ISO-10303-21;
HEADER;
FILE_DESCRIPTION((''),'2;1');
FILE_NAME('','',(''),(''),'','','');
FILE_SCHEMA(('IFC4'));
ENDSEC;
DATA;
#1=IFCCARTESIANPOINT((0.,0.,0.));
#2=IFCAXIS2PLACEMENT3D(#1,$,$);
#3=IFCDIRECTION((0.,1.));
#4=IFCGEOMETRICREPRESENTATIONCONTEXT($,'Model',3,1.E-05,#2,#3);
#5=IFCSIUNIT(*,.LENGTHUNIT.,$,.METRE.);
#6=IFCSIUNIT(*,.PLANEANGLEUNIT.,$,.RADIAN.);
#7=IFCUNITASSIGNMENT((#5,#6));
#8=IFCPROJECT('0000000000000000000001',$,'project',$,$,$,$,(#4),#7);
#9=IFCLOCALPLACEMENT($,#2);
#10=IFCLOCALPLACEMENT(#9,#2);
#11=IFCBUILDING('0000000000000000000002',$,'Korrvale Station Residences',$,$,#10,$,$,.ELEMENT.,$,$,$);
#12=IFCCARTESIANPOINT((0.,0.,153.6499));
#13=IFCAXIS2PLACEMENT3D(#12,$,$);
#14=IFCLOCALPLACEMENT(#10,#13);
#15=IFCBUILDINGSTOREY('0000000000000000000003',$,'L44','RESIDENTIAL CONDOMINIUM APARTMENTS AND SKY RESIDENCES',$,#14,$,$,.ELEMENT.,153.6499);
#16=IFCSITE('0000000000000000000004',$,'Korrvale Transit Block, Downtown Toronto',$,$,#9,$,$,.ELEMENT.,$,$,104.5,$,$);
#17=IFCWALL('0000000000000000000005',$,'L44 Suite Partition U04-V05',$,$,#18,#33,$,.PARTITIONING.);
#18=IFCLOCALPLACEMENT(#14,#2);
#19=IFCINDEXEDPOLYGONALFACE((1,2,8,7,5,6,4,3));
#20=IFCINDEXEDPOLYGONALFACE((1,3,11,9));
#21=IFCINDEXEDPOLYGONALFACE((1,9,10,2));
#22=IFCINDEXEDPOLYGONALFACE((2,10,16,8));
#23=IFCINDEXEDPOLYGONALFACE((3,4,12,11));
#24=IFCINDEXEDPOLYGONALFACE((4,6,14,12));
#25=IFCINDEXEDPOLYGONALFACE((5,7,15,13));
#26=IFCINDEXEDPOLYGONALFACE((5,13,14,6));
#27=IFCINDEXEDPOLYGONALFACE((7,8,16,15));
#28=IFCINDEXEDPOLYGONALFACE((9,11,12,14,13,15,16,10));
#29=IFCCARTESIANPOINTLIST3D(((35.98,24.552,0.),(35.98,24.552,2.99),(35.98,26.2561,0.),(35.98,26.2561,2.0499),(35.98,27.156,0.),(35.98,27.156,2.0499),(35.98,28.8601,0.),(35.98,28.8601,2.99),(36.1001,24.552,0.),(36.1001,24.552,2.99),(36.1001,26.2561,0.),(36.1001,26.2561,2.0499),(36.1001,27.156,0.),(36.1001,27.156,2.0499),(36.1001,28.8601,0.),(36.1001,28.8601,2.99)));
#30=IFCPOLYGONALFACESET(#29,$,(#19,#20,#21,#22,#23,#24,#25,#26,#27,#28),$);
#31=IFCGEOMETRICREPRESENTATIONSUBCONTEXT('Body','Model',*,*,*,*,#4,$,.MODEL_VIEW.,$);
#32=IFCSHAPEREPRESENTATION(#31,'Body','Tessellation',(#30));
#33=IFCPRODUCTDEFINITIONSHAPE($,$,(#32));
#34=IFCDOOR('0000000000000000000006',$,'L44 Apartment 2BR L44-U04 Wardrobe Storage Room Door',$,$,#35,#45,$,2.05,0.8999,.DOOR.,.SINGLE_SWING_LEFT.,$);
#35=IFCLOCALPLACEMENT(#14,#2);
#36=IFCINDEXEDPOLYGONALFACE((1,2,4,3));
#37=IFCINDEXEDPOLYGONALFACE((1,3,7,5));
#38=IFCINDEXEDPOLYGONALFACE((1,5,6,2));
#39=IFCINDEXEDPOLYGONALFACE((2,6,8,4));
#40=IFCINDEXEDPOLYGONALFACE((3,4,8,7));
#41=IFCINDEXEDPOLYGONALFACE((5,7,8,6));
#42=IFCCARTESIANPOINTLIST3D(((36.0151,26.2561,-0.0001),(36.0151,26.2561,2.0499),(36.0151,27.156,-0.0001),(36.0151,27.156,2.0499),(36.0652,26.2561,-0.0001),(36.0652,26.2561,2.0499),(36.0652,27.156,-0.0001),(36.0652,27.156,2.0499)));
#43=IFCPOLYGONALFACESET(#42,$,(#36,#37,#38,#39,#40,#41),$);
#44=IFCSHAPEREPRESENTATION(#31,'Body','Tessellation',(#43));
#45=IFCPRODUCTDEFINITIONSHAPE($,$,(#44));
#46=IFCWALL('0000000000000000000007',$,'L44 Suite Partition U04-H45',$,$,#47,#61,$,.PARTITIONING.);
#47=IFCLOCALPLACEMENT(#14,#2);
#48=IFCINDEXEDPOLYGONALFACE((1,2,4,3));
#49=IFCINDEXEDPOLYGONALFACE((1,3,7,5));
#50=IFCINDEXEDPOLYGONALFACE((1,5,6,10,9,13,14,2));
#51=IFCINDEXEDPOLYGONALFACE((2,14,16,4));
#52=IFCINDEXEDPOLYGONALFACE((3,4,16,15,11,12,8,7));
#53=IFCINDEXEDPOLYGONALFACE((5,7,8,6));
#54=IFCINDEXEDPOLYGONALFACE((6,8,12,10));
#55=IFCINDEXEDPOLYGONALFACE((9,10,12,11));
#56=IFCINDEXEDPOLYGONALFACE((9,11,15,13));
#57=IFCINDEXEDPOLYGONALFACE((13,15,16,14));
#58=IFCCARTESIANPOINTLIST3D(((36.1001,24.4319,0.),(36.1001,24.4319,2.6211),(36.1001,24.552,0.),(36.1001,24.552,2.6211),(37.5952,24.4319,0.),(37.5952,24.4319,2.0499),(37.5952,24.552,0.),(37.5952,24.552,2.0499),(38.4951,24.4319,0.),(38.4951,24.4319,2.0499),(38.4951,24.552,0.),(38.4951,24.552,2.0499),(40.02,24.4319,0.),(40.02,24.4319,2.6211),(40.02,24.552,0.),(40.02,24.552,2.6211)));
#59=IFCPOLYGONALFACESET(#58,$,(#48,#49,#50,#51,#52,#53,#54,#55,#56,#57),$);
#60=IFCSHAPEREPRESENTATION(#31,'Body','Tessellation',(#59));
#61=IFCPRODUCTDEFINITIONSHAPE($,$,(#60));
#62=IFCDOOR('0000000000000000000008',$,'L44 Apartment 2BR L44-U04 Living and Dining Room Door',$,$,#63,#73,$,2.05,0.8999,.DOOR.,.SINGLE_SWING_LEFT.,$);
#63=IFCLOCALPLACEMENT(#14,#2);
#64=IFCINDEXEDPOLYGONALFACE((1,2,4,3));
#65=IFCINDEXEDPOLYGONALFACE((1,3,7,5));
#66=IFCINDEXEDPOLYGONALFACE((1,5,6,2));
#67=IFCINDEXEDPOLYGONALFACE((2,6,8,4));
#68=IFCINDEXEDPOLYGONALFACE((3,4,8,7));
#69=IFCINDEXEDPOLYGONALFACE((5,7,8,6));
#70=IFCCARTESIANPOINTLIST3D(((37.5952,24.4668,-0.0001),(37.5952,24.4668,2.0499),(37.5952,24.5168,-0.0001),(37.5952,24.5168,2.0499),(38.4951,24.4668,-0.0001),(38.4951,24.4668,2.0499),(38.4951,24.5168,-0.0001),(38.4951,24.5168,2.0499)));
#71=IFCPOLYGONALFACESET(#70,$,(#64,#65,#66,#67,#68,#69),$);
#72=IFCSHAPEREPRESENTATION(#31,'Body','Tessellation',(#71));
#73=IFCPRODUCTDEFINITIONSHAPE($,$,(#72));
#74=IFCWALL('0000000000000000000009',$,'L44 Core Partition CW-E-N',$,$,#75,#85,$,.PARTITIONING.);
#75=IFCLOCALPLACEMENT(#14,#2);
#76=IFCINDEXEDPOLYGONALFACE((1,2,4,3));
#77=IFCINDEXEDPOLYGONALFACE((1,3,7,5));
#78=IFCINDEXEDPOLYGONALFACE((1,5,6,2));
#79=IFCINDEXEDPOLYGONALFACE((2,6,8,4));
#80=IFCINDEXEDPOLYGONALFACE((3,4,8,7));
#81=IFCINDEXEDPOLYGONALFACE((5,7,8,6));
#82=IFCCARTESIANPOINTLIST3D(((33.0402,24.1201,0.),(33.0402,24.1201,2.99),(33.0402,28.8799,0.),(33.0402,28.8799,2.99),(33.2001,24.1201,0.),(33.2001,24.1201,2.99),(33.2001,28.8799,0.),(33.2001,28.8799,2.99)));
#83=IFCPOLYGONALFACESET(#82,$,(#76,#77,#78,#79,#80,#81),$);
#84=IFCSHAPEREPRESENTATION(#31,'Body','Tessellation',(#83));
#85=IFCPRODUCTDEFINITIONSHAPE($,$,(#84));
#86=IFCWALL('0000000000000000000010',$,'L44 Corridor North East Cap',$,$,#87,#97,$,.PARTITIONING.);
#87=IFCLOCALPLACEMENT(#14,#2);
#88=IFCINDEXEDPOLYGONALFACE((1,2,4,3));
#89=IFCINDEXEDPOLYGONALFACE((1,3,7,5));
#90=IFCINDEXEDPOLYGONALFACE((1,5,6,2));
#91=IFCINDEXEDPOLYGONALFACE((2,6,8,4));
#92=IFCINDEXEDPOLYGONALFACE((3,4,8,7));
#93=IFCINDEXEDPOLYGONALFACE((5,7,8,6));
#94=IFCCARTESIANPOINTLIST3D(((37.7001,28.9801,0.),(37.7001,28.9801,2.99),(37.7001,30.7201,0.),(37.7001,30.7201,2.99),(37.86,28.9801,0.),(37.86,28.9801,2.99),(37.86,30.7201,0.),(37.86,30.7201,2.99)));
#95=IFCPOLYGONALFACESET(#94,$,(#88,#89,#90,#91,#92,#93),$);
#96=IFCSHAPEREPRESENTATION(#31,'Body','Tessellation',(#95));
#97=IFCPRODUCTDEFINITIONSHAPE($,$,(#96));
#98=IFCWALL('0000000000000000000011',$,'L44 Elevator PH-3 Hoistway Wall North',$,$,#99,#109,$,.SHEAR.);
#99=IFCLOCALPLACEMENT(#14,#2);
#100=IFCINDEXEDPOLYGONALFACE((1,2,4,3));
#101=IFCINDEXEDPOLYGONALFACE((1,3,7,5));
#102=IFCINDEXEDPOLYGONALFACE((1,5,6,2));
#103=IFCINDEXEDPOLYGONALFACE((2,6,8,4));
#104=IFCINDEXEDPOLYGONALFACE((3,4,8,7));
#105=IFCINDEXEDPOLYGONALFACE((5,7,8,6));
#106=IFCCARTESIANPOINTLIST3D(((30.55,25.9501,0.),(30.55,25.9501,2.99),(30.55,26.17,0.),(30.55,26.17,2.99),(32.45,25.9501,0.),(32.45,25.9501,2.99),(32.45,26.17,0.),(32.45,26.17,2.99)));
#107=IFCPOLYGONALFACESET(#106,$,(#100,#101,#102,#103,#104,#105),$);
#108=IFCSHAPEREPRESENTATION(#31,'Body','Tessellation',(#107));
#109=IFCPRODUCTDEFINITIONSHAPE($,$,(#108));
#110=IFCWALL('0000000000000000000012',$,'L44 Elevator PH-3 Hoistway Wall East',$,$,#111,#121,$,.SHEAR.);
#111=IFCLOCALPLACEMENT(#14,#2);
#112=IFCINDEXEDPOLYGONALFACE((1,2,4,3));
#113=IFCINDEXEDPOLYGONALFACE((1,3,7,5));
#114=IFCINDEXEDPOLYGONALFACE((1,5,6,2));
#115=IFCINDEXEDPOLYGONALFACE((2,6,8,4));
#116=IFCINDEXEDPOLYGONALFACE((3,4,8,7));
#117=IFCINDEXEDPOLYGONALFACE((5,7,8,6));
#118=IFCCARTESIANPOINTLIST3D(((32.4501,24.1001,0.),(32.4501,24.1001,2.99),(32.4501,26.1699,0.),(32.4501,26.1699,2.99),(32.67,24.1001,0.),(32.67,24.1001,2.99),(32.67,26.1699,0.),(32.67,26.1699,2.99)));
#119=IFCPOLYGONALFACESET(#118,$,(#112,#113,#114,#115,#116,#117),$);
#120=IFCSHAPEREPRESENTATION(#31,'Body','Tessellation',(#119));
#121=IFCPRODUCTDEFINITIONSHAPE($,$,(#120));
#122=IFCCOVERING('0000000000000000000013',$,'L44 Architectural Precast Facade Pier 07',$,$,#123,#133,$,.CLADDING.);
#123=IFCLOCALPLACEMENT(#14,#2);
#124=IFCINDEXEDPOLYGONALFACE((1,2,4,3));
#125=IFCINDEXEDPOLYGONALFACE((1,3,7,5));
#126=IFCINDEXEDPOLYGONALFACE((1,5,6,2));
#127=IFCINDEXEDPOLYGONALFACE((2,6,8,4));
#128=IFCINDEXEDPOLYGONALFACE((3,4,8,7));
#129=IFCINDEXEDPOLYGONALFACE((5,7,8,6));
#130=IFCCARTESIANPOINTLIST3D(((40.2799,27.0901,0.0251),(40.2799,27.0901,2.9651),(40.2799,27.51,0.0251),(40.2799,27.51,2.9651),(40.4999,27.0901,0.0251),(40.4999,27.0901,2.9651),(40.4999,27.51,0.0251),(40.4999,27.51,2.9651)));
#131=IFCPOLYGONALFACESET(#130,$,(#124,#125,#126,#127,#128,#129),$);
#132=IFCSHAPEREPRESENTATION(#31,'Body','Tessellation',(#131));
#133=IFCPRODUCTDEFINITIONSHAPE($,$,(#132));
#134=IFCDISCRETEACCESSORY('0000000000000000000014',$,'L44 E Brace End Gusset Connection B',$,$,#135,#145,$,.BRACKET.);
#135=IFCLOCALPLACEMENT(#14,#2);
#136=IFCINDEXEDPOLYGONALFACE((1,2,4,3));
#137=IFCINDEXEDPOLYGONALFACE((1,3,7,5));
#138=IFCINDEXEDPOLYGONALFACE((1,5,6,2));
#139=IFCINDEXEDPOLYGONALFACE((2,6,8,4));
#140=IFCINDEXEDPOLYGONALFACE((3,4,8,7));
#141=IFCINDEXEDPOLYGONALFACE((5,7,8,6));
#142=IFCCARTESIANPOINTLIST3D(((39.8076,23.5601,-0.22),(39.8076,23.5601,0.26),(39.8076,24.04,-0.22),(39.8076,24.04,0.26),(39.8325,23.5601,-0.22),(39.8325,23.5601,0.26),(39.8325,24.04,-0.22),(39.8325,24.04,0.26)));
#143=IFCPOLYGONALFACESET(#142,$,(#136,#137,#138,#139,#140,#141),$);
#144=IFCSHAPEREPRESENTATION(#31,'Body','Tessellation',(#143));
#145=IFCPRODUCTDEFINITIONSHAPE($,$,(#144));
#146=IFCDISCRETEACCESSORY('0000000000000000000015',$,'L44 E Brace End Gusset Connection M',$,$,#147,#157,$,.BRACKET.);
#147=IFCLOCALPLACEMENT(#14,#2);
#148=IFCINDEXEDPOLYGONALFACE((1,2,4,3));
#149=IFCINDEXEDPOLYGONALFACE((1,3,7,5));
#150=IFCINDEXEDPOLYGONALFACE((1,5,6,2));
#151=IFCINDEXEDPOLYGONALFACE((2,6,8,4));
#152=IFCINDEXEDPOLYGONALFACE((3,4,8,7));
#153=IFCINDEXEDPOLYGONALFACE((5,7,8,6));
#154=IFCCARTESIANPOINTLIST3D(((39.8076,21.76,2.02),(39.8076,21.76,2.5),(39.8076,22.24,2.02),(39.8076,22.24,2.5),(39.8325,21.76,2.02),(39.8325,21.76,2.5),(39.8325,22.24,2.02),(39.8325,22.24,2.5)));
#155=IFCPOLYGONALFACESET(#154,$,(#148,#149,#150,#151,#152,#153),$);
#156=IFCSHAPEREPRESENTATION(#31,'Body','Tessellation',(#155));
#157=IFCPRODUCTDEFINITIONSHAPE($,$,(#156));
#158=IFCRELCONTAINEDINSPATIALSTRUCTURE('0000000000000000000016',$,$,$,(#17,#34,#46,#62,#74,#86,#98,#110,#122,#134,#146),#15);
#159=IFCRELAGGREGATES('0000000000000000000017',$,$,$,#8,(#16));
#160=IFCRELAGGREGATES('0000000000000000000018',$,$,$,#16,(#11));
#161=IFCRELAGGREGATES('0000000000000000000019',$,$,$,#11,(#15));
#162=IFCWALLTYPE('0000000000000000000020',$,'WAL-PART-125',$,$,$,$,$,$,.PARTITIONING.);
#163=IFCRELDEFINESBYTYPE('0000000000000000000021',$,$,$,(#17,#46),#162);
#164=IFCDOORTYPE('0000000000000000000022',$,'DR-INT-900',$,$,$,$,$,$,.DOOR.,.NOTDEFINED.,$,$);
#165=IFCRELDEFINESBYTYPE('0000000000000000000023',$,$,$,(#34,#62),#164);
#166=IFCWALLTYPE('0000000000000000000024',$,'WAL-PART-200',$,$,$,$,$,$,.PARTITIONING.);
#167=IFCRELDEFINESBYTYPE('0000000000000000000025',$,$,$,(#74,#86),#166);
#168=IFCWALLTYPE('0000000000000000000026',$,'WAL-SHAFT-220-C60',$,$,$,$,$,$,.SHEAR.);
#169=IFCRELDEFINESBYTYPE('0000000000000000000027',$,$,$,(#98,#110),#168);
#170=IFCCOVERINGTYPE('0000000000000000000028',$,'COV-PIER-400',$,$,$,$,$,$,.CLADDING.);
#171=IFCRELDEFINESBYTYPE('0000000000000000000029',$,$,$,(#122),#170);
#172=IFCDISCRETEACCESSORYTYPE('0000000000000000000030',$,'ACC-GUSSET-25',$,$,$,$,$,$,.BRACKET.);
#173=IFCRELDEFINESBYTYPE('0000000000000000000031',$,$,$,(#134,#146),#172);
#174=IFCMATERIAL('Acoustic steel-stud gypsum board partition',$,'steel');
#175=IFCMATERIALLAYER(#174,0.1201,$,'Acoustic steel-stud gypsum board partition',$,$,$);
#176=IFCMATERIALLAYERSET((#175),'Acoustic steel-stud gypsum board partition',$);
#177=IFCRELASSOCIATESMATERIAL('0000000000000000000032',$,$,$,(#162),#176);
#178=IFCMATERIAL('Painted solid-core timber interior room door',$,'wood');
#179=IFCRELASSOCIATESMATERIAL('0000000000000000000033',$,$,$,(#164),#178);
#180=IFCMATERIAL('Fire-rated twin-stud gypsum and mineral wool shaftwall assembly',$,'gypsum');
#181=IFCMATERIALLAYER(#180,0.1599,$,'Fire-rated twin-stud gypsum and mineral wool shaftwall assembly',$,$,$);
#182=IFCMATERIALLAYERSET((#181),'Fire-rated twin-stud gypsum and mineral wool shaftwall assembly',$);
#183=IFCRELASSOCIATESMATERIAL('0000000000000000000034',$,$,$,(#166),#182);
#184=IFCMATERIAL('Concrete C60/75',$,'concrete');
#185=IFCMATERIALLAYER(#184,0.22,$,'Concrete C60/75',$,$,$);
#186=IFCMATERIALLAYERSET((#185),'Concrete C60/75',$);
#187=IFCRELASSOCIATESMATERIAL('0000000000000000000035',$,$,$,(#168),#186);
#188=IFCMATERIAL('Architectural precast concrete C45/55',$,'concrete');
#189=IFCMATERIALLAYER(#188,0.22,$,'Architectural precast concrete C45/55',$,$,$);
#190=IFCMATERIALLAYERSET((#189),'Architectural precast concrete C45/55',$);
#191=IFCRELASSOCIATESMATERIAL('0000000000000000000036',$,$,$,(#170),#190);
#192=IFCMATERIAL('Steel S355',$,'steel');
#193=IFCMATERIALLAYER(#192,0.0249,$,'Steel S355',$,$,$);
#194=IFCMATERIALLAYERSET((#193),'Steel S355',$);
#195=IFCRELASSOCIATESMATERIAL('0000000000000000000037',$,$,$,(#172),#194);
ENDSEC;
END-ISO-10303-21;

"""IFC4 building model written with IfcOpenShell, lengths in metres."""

from ifc_helpers import new_model, si_unit, direction, frame, frame_2d, origin, origin_2d, place, context, subcontext, project, spatial, rectangle, extrude, material, layer, layer_set, type_object, element, fill, save


model = new_model("IFC4")

# Units and contexts
model_context = context("Model", 3, precision=1e-05, world=origin(), true_north=direction((0.0, 1.0)))
body_context = subcontext(model_context, "Body", "Model", "MODEL_VIEW")
ifc_project = project(units=[si_unit("LENGTHUNIT", "METRE"), si_unit("PLANEANGLEUNIT", "RADIAN")], contexts=[model_context])

# Site, building, storey
site_placement = place(None, origin())
site = spatial("IfcSite", under=ifc_project, at=site_placement, Name="Korrvale Transit Block, Downtown Toronto", CompositionType="ELEMENT", RefElevation=104.5)
building_placement = place(site_placement, origin())
building = spatial("IfcBuilding", under=site, at=building_placement, Name="Korrvale Station Residences", CompositionType="ELEMENT")
storey_placement = place(building_placement, frame((0.0, 0.0, 153.6499)))
storey = spatial("IfcBuildingStorey", under=building, at=storey_placement, Name="L44", Description="RESIDENTIAL CONDOMINIUM APARTMENTS AND SKY RESIDENCES", CompositionType="ELEMENT", Elevation=153.6499)

# Shared definitions
ifc_material_1 = material(Name="Concrete C60/75", Category="concrete")

# Shared definitions
ifc_material_2 = material(Name="Steel S355", Category="steel")

# Shared definitions
ifc_material_3 = material(Name="Acoustic steel-stud gypsum board partition", Category="steel")
ifc_layer_1 = layer(ifc_material_3, 0.1201, Name="Acoustic steel-stud gypsum board partition")
ifc_layer_set_1 = layer_set([ifc_layer_1], Name="Acoustic steel-stud gypsum board partition")
wall_type_1 = type_object("IfcWallType", Name="WAL-PART-125", PredefinedType="PARTITIONING", material=ifc_layer_set_1)

# Walls, openings, doors
ifc_material_4 = material(Name="Painted solid-core timber interior room door", Category="wood")
door_type_1 = type_object("IfcDoorType", Name="DR-INT-900", OperationType="NOTDEFINED", PredefinedType="DOOR", material=ifc_material_4)
wall_1_placement = place(storey_placement, frame((36.04, 24.552, 0.0), z_axis=(0.0, 0.0, 1.0), x_axis=(0.0, 1.0, 0.0)))
wall_1 = element("IfcWall", 1, at=wall_1_placement, inside=storey, type_object=wall_type_1, Name="L44 Suite Partition U04-V05", PredefinedType="PARTITIONING", context=body_context, shape_type="SweptSolid", body=[
    extrude(rectangle(XDim=4.3081, YDim=0.1201, at=frame_2d((2.1541, 0.0))), origin(), (0.0, 0.0, 1.0), 2.99),
])
opening_1_placement = place(wall_1_placement, frame((1.7041, 0.0, 0.0)))
opening_1 = element("IfcOpeningElement", 2, at=opening_1_placement, cuts=wall_1, PredefinedType="OPENING", context=body_context, shape_type="SweptSolid", body=[
    extrude(rectangle(XDim=0.8999, YDim=2.05, at=frame_2d((0.45, 1.0249))), frame((0.0, 0.0701, 0.0), z_axis=(0.0, -1.0, 0.0), x_axis=(1.0, 0.0, 0.0)), (0.0, 0.0, 1.0), 0.1401),
])
door_1_placement = place(opening_1_placement, origin())
door_1 = element("IfcDoor", 3, at=door_1_placement, inside=storey, type_object=door_type_1, Name="L44 Apartment 2BR L44-U04 Wardrobe Storage Room Door", OperationType="SINGLE_SWING_LEFT", OverallHeight=2.05, OverallWidth=0.8999, PredefinedType="DOOR", context=body_context, shape_type="SweptSolid", body=[
    extrude(rectangle(XDim=0.8999, YDim=2.05, at=frame_2d((0.45, 1.0249))), frame((0.0, 0.0249, 0.0), z_axis=(0.0, -1.0, 0.0), x_axis=(1.0, 0.0, 0.0)), (0.0, 0.0, 1.0), 0.05),
])
fill(opening_1, door_1)
wall_2_placement = place(storey_placement, frame((36.1001, 24.4919, 0.0), z_axis=(0.0, 0.0, 1.0), x_axis=(1.0, 0.0, 0.0)))
wall_2 = element("IfcWall", 4, at=wall_2_placement, inside=storey, type_object=wall_type_1, Name="L44 Suite Partition U04-H45", PredefinedType="PARTITIONING", context=body_context, shape_type="SweptSolid", body=[
    extrude(rectangle(XDim=3.9199, YDim=0.1201, at=frame_2d((1.96, 0.0))), origin(), (0.0, 0.0, 1.0), 2.6211),
])
opening_2_placement = place(wall_2_placement, frame((1.4951, 0.0, 0.0)))
opening_2 = element("IfcOpeningElement", 5, at=opening_2_placement, cuts=wall_2, PredefinedType="OPENING", context=body_context, shape_type="SweptSolid", body=[
    extrude(rectangle(XDim=0.8999, YDim=2.05, at=frame_2d((0.45, 1.0249))), frame((0.0, 0.0701, 0.0), z_axis=(0.0, -1.0, 0.0), x_axis=(1.0, 0.0, 0.0)), (0.0, 0.0, 1.0), 0.1401),
])
door_2_placement = place(opening_2_placement, origin())
door_2 = element("IfcDoor", 6, at=door_2_placement, inside=storey, type_object=door_type_1, Name="L44 Apartment 2BR L44-U04 Living and Dining Room Door", OperationType="SINGLE_SWING_LEFT", OverallHeight=2.05, OverallWidth=0.8999, PredefinedType="DOOR", context=body_context, shape_type="SweptSolid", body=[
    extrude(rectangle(XDim=0.8999, YDim=2.05, at=frame_2d((0.45, 1.0249))), frame((0.0, 0.0249, 0.0), z_axis=(0.0, -1.0, 0.0), x_axis=(1.0, 0.0, 0.0)), (0.0, 0.0, 1.0), 0.05),
])
fill(opening_2, door_2)

# Walls
ifc_material_5 = material(Name="Fire-rated twin-stud gypsum and mineral wool shaftwall assembly", Category="gypsum")
ifc_layer_2 = layer(ifc_material_5, 0.1599, Name="Fire-rated twin-stud gypsum and mineral wool shaftwall assembly")
ifc_layer_set_2 = layer_set([ifc_layer_2], Name="Fire-rated twin-stud gypsum and mineral wool shaftwall assembly")
wall_type_2 = type_object("IfcWallType", Name="WAL-PART-200", PredefinedType="PARTITIONING", material=ifc_layer_set_2)
wall_3_placement = place(storey_placement, frame((33.1201, 24.1201, 0.0), z_axis=(0.0, 0.0, 1.0), x_axis=(0.0, 1.0, 0.0)))
element("IfcWall", 7, at=wall_3_placement, inside=storey, type_object=wall_type_2, Name="L44 Core Partition CW-E-N", PredefinedType="PARTITIONING", context=body_context, shape_type="SweptSolid", body=[
    extrude(rectangle(XDim=4.7598, YDim=0.1599, at=frame_2d((2.3799, 0.0))), origin(), (0.0, 0.0, 1.0), 2.99),
])
wall_4_placement = place(storey_placement, frame((37.78, 28.98, 0.0), z_axis=(0.0, 0.0, 1.0), x_axis=(0.0, 1.0, 0.0)))
element("IfcWall", 8, at=wall_4_placement, inside=storey, type_object=wall_type_2, Name="L44 Corridor North East Cap", PredefinedType="PARTITIONING", context=body_context, shape_type="SweptSolid", body=[
    extrude(rectangle(XDim=1.74, YDim=0.1599, at=frame_2d((0.8701, 0.0))), origin(), (0.0, 0.0, 1.0), 2.99),
])
ifc_layer_3 = layer(ifc_material_1, 0.22, Name="Concrete C60/75")
ifc_layer_set_3 = layer_set([ifc_layer_3], Name="Concrete C60/75")
wall_type_3 = type_object("IfcWallType", Name="WAL-SHAFT-220-C60", PredefinedType="SHEAR", material=ifc_layer_set_3)
wall_5_placement = place(storey_placement, frame((30.55, 26.0601, 0.0), z_axis=(0.0, 0.0, 1.0), x_axis=(1.0, 0.0, 0.0)))
element("IfcWall", 9, at=wall_5_placement, inside=storey, type_object=wall_type_3, Name="L44 Elevator PH-3 Hoistway Wall North", PredefinedType="SHEAR", context=body_context, shape_type="SweptSolid", body=[
    extrude(rectangle(XDim=1.8999, YDim=0.22, at=frame_2d((0.95, 0.0))), origin(), (0.0, 0.0, 1.0), 2.99),
])
wall_6_placement = place(storey_placement, frame((32.5601, 24.1001, 0.0), z_axis=(0.0, 0.0, 1.0), x_axis=(0.0, 1.0, 0.0)))
element("IfcWall", 10, at=wall_6_placement, inside=storey, type_object=wall_type_3, Name="L44 Elevator PH-3 Hoistway Wall East", PredefinedType="SHEAR", context=body_context, shape_type="SweptSolid", body=[
    extrude(rectangle(XDim=2.0698, YDim=0.22, at=frame_2d((1.0349, 0.0))), origin(), (0.0, 0.0, 1.0), 2.99),
])

# Covering
ifc_material_6 = material(Name="Architectural precast concrete C45/55", Category="concrete")
ifc_layer_4 = layer(ifc_material_6, 0.22, Name="Architectural precast concrete C45/55")
ifc_layer_set_4 = layer_set([ifc_layer_4], Name="Architectural precast concrete C45/55")
covering_type = type_object("IfcCoveringType", Name="COV-PIER-400", PredefinedType="CLADDING", material=ifc_layer_set_4)
covering_placement = place(storey_placement, frame((40.3899, 27.3, 0.0251), z_axis=(0.0, 0.0, 1.0), x_axis=(0.0, 1.0, 0.0)))
element("IfcCovering", 11, at=covering_placement, inside=storey, type_object=covering_type, Name="L44 Architectural Precast Facade Pier 07", PredefinedType="CLADDING", context=body_context, shape_type="SweptSolid", body=[
    extrude(rectangle(XDim=0.4199, YDim=0.22, at=origin_2d()), origin(), (0.0, 0.0, 1.0), 2.9399),
])

# Discrete accessories
ifc_layer_5 = layer(ifc_material_2, 0.0249, Name="Steel S355")
ifc_layer_set_5 = layer_set([ifc_layer_5], Name="Steel S355")
discrete_accessory_type = type_object("IfcDiscreteAccessoryType", Name="ACC-GUSSET-25", PredefinedType="BRACKET", material=ifc_layer_set_5)
for number, where, z_axis, x_axis, name in (
    (12, (39.8201, 23.8, -0.22), (0.0, 0.0, 1.0), (0.0, 1.0, 0.0), "L44 E Brace End Gusset Connection B"),
    (13, (39.8201, 22.0, 2.02), (0.0, 0.0, 1.0), (0.0, 1.0, 0.0), "L44 E Brace End Gusset Connection M"),
):
    element("IfcDiscreteAccessory", number, at=place(storey_placement, frame(where, z_axis=z_axis, x_axis=x_axis)), inside=storey, type_object=discrete_accessory_type, Name=name, PredefinedType="BRACKET", context=body_context, shape_type="SweptSolid", body=[
        extrude(rectangle(XDim=0.48, YDim=0.0249, at=origin_2d()), origin(), (0.0, 0.0, 1.0), 0.48),
    ])

save(model, "model.ifc")
